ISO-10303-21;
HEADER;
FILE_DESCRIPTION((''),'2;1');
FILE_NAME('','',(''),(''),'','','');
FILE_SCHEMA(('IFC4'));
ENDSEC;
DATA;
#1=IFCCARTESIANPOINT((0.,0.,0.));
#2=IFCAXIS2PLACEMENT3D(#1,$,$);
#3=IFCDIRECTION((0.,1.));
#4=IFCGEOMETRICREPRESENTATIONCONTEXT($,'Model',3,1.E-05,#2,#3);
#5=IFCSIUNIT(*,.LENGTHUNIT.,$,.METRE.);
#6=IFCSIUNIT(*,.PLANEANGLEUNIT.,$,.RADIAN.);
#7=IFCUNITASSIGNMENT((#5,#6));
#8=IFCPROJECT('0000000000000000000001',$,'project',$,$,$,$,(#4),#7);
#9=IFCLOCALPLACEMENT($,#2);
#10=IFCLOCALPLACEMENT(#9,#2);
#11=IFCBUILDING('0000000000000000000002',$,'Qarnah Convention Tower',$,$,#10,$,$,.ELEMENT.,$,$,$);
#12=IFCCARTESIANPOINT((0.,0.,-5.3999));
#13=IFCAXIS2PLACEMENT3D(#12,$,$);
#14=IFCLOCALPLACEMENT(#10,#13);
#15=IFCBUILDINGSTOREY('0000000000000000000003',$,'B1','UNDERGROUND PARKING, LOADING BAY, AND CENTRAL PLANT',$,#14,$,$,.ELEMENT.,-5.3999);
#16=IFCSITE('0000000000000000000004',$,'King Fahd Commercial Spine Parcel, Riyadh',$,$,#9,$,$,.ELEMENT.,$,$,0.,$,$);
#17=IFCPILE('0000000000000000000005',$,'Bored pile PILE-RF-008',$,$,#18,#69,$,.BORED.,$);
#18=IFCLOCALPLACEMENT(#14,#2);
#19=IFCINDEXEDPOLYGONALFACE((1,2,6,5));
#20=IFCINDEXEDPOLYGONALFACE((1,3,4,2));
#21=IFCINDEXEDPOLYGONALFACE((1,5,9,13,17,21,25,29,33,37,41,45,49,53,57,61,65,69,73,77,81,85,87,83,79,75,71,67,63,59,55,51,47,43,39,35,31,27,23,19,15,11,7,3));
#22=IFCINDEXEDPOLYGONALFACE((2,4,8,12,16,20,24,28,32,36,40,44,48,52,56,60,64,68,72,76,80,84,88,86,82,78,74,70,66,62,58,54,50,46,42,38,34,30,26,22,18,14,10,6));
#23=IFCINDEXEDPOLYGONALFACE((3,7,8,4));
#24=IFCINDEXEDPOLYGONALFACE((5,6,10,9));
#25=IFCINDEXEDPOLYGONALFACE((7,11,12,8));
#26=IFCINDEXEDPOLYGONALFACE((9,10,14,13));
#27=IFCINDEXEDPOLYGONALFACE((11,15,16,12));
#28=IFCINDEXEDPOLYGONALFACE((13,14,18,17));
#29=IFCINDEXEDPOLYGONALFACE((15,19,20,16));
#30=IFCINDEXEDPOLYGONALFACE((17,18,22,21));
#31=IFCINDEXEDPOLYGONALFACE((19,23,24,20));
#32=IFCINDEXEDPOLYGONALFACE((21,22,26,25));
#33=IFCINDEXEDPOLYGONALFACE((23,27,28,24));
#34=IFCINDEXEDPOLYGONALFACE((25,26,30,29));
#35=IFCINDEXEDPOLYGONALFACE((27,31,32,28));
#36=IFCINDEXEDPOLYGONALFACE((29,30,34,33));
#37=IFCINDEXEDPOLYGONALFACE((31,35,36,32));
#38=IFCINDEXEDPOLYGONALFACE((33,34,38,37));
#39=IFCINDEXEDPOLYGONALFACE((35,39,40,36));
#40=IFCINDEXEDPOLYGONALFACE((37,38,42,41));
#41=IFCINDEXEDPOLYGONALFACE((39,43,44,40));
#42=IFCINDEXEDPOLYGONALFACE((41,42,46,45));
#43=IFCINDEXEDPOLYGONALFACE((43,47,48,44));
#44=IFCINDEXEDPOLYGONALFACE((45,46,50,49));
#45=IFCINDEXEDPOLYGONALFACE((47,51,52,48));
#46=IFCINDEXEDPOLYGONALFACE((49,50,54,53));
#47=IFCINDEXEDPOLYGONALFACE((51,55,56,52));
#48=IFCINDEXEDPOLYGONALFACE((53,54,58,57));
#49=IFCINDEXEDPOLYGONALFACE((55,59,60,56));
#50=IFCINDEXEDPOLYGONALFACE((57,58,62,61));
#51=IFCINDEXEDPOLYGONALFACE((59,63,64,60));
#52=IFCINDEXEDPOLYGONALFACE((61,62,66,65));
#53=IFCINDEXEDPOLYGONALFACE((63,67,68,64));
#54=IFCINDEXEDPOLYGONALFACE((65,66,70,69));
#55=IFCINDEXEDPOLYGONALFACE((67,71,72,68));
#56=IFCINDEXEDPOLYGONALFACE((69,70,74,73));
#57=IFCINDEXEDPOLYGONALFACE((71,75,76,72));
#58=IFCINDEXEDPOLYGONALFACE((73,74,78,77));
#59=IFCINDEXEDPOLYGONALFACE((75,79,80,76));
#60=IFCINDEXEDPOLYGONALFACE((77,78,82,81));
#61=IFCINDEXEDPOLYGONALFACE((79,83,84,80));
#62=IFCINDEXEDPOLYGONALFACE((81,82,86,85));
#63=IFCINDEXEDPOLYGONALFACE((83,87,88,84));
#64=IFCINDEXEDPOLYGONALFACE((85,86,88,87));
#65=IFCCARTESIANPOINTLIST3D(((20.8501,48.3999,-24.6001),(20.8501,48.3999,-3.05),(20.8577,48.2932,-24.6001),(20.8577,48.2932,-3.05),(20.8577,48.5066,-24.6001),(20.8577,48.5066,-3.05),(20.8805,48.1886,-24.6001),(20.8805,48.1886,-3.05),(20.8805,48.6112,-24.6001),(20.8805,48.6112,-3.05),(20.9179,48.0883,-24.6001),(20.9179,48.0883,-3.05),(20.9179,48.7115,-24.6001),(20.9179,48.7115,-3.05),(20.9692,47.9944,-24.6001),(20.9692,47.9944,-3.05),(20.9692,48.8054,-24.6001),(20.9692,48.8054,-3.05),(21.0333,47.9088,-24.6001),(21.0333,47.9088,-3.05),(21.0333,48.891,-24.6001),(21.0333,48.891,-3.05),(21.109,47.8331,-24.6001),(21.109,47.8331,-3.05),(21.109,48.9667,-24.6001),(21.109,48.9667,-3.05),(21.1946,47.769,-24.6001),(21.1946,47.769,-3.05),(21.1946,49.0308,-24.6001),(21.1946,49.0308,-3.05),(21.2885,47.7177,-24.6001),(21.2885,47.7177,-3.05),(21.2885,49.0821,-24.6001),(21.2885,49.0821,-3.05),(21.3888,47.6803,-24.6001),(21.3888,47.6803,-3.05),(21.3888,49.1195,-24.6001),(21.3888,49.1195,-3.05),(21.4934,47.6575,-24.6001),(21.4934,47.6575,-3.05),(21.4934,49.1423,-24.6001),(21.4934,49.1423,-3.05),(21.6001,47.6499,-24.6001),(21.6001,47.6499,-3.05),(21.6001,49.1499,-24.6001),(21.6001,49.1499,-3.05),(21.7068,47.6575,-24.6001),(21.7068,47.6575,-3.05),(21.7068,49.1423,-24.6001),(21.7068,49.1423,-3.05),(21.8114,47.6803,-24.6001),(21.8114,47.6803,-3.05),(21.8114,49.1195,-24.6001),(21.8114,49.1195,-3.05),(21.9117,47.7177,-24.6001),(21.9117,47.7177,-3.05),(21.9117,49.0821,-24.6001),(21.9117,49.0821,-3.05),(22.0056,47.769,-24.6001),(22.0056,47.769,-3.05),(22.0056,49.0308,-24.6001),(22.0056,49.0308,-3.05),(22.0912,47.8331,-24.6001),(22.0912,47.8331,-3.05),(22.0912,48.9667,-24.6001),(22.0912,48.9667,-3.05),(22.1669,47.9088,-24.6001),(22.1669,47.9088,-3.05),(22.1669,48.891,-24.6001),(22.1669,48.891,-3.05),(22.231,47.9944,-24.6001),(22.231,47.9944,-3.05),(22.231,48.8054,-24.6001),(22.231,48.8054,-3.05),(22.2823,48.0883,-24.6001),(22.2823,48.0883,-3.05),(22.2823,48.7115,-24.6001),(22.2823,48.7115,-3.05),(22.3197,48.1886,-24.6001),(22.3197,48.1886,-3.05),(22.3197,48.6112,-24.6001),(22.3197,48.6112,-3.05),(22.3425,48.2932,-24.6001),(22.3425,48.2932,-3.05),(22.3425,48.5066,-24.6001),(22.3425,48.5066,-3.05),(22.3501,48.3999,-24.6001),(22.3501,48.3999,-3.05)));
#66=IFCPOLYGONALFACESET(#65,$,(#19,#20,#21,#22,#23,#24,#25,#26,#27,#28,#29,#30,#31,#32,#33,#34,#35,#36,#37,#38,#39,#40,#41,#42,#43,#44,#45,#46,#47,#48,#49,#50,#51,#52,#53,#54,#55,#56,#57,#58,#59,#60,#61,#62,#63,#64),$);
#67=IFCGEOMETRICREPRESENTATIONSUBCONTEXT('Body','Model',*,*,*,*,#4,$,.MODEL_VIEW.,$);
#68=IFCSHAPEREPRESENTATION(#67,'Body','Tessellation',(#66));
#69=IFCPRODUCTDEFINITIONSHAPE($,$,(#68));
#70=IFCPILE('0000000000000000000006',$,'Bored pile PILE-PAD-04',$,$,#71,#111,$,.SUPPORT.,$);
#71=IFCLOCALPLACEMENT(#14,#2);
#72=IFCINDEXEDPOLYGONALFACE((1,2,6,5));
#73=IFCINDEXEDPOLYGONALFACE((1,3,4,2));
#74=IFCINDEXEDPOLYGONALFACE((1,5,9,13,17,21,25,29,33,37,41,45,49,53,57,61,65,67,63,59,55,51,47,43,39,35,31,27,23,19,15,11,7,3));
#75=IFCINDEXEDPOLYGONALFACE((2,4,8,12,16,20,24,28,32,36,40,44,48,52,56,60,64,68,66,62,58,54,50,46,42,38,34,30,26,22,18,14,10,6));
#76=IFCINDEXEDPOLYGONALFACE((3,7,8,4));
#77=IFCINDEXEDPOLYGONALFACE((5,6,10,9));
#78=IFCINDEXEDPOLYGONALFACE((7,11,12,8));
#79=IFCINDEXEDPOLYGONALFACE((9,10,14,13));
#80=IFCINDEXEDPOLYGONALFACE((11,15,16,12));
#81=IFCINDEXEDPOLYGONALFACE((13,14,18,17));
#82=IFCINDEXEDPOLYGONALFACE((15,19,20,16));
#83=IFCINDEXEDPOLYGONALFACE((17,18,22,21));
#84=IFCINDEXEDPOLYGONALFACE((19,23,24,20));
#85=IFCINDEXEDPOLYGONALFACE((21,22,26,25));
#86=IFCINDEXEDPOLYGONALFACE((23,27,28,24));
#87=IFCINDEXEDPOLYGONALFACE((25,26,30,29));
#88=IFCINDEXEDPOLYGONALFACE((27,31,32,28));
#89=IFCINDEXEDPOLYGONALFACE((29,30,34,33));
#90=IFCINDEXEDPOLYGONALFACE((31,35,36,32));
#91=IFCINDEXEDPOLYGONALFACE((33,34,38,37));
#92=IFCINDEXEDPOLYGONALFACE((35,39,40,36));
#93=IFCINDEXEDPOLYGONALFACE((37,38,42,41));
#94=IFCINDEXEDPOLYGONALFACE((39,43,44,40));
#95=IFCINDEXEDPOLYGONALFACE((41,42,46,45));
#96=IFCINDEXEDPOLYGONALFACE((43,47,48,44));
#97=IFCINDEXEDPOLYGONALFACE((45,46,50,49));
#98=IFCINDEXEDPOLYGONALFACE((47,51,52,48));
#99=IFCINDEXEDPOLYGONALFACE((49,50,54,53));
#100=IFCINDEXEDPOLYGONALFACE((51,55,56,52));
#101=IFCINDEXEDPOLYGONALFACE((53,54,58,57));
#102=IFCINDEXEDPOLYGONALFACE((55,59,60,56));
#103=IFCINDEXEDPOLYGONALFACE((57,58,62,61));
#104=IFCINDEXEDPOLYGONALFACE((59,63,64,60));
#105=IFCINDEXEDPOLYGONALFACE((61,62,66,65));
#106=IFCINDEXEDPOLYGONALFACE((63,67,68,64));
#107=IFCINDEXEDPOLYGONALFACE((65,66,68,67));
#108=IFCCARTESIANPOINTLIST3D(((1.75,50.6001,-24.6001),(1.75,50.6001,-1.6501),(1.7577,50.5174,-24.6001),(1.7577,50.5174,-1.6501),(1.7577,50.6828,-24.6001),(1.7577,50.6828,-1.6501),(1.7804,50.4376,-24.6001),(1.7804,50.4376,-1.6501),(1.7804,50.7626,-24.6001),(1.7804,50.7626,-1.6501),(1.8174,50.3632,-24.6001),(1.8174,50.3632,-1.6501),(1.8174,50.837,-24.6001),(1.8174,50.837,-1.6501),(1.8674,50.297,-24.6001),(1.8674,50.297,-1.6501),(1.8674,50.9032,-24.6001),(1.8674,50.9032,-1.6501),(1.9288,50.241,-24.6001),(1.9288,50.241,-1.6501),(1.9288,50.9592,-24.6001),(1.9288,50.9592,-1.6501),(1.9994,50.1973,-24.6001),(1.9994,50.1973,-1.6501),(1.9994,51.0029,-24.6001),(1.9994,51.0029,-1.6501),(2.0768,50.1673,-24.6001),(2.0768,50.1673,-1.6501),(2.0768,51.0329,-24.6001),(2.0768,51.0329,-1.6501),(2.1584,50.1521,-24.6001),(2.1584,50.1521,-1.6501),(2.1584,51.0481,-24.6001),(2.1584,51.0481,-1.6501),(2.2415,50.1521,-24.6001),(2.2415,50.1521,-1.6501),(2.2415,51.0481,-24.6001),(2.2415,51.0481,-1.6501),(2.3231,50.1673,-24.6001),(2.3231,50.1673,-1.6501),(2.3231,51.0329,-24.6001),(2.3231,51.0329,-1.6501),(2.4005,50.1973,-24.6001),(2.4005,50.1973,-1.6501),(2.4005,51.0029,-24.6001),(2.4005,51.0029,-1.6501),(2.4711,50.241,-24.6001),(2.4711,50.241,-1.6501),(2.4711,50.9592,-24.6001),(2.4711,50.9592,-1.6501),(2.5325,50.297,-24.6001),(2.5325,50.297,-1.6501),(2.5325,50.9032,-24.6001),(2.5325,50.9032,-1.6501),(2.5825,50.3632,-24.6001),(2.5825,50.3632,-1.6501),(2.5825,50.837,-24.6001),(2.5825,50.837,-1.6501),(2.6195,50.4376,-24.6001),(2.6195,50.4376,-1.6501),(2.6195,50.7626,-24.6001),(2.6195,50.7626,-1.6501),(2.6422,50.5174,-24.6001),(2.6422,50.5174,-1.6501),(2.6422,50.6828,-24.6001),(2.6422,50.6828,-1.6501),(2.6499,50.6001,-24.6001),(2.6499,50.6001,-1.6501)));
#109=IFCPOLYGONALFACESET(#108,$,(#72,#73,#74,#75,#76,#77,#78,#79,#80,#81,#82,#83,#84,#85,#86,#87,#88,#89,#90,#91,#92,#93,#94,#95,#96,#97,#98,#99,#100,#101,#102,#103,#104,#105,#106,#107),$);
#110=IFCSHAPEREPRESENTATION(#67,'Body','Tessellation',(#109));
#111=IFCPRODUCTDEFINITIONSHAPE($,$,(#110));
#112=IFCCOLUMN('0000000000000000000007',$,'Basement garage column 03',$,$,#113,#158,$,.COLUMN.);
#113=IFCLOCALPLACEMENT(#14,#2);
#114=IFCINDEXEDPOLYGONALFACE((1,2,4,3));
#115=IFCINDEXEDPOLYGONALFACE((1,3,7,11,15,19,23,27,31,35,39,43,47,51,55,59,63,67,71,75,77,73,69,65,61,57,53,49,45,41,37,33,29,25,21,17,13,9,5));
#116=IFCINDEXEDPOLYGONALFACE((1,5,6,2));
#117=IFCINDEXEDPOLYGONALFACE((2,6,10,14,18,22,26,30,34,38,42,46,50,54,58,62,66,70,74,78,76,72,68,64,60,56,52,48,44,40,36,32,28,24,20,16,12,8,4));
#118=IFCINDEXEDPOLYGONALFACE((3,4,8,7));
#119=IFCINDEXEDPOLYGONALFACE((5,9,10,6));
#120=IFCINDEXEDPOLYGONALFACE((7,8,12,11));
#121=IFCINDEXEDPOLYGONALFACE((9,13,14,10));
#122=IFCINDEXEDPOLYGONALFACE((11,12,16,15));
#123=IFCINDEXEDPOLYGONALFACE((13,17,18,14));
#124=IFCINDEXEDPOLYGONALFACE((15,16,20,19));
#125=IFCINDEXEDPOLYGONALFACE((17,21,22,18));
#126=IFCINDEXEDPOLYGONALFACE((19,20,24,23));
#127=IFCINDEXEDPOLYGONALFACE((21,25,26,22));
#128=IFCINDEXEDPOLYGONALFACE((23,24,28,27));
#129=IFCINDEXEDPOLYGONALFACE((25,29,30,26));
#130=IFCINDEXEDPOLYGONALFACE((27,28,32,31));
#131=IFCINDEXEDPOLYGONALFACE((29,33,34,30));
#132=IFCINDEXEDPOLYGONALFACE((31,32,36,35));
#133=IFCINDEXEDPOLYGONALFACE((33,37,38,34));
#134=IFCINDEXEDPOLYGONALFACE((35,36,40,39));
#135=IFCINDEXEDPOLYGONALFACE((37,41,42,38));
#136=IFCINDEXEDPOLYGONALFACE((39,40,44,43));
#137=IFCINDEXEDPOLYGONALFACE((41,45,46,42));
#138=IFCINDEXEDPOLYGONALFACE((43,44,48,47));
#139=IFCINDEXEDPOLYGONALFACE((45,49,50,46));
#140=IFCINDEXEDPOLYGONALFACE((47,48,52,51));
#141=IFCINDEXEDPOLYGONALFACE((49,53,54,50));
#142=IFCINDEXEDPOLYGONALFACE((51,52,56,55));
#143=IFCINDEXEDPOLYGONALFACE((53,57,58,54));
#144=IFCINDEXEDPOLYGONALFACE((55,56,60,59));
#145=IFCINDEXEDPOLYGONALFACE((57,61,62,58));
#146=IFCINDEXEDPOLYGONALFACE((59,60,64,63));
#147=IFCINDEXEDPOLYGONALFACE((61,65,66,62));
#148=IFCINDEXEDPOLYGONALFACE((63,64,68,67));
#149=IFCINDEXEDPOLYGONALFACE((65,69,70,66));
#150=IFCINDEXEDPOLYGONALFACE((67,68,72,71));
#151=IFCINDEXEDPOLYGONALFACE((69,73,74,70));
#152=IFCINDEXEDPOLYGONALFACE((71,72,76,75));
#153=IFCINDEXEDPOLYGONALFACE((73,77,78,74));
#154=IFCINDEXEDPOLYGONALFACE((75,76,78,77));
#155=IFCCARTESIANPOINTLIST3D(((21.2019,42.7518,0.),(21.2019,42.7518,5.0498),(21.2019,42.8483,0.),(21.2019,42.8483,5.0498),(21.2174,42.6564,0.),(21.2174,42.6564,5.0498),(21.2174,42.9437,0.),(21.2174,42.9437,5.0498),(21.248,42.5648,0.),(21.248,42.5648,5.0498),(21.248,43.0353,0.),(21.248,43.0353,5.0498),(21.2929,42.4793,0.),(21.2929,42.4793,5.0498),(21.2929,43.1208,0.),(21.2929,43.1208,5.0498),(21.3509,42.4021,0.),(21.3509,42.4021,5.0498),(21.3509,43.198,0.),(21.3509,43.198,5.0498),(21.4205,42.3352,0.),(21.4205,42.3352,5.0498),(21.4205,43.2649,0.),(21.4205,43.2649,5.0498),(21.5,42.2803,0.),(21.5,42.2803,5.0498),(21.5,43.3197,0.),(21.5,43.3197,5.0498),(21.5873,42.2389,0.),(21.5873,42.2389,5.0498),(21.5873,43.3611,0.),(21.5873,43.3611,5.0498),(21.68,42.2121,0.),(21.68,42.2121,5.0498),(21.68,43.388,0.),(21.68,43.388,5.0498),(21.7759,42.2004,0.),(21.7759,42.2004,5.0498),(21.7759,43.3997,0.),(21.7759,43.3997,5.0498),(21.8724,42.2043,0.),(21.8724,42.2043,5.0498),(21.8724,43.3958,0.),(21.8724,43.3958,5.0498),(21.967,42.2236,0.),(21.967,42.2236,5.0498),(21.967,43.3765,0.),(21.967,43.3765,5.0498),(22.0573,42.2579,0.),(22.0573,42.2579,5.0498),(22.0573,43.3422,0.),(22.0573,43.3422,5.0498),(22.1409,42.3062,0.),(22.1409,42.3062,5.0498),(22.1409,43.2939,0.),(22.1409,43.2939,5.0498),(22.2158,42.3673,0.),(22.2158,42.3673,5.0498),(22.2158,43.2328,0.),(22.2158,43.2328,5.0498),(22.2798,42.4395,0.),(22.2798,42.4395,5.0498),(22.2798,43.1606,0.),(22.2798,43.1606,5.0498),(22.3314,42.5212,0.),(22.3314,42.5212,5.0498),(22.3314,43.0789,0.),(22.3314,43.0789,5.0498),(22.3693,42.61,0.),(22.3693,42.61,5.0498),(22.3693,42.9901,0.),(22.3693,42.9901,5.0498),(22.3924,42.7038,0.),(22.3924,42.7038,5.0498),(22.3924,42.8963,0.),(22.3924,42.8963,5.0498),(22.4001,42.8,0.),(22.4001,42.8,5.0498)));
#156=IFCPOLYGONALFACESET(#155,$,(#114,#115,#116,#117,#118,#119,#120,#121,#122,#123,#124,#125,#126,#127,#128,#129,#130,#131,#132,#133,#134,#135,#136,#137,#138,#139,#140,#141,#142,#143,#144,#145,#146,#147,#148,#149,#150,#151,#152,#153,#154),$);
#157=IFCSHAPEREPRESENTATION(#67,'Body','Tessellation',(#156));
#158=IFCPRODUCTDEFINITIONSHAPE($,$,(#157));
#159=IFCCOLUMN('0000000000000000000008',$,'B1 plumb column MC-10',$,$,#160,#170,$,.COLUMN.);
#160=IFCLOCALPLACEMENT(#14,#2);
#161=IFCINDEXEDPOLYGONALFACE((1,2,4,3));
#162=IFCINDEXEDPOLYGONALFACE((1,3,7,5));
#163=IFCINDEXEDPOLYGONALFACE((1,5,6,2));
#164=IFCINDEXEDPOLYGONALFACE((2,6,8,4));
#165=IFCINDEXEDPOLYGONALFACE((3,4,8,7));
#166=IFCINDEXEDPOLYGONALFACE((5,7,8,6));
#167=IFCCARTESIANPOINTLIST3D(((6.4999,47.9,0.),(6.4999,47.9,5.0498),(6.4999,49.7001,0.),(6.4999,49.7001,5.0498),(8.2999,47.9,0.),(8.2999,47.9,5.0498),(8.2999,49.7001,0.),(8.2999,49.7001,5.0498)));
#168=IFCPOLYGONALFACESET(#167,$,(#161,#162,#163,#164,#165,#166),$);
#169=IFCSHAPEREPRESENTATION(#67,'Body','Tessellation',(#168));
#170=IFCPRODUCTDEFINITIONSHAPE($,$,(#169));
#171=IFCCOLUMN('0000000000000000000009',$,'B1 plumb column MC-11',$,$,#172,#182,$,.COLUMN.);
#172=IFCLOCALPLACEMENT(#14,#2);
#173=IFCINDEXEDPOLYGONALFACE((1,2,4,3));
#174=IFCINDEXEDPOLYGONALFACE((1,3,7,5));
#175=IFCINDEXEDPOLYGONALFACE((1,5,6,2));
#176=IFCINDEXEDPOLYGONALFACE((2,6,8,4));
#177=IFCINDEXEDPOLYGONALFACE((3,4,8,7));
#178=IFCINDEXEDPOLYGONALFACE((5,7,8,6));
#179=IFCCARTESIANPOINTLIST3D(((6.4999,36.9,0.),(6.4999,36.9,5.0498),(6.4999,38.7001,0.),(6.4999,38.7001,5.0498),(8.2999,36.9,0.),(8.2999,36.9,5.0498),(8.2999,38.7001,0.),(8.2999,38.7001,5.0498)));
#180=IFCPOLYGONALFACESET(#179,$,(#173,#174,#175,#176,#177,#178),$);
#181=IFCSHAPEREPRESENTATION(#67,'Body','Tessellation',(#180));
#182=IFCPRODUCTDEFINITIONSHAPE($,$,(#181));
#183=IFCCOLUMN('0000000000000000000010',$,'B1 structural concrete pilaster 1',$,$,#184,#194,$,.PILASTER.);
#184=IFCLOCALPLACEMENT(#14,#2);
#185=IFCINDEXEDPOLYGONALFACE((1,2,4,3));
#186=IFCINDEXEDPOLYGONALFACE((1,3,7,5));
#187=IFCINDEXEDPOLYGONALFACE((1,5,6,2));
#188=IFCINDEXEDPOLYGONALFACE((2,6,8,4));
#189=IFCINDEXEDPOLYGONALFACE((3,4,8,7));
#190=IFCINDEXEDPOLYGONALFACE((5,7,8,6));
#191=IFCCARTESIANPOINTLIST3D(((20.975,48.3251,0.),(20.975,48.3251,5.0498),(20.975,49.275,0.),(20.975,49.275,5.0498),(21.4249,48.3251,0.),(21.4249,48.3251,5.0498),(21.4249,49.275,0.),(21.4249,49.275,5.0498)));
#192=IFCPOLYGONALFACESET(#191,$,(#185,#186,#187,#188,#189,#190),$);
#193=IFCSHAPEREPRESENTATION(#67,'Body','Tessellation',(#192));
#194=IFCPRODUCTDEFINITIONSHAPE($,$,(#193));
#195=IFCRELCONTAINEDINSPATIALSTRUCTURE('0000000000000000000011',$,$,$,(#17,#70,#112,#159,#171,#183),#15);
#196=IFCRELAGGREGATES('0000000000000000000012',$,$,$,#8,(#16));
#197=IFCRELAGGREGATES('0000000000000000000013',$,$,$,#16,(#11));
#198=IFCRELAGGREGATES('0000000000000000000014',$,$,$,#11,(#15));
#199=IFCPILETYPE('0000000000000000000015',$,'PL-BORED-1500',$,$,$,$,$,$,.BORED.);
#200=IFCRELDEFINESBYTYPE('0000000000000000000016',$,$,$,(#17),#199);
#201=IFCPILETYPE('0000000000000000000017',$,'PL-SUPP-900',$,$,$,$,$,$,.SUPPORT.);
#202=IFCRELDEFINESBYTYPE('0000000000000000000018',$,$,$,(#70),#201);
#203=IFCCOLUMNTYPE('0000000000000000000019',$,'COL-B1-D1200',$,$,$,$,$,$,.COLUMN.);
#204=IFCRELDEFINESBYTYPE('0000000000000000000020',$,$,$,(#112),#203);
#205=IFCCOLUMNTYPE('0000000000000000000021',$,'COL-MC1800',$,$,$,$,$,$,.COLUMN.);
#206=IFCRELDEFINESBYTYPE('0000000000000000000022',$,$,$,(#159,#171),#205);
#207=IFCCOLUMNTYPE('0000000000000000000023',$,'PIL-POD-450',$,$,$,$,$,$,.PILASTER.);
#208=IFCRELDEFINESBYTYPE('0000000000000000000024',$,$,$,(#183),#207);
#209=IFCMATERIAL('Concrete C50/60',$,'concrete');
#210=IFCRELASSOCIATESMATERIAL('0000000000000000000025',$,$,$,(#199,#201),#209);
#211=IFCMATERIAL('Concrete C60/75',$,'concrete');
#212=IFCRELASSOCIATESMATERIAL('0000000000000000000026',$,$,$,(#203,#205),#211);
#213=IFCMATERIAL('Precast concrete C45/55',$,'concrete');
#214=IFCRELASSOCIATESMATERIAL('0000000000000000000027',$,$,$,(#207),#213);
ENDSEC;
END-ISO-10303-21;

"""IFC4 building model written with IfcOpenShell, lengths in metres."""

from ifc_helpers import new_model, si_unit, direction, frame, origin, origin_2d, place, context, subcontext, project, spatial, rectangle, circle, extrude, material, material_profile, profile_set, type_object, element, save


model = new_model("IFC4")

# Units and contexts
model_context = context("Model", 3, precision=1e-05, world=origin(), true_north=direction((0.0, 1.0)))
body_context = subcontext(model_context, "Body", "Model", "MODEL_VIEW")
ifc_project = project(units=[si_unit("LENGTHUNIT", "METRE"), si_unit("PLANEANGLEUNIT", "RADIAN")], contexts=[model_context])

# Site, building, storey
site_placement = place(None, origin())
site = spatial("IfcSite", under=ifc_project, at=site_placement, Name="King Fahd Commercial Spine Parcel, Riyadh", CompositionType="ELEMENT", RefElevation=0.0)
building_placement = place(site_placement, origin())
building = spatial("IfcBuilding", under=site, at=building_placement, Name="Qarnah Convention Tower", CompositionType="ELEMENT")
storey_placement = place(building_placement, frame((0.0, 0.0, -5.3999)))
storey = spatial("IfcBuildingStorey", under=building, at=storey_placement, Name="B1", Description="UNDERGROUND PARKING, LOADING BAY, AND CENTRAL PLANT", CompositionType="ELEMENT", Elevation=-5.3999)

# Shared definitions
ifc_material_1 = material(Name="Concrete C50/60", Category="concrete")

# Piles
ifc_material_profile_1 = material_profile(ifc_material_1, circle(Radius=0.75, at=origin_2d()), Name="PILE-D1500")
ifc_profile_set_1 = profile_set([ifc_material_profile_1], Name="Concrete C50/60")
pile_type_1 = type_object("IfcPileType", Name="PL-BORED-1500", PredefinedType="BORED", material=ifc_profile_set_1)
for number, where, z_axis, x_axis, name in (
    (1, (21.6001, 48.3999, -3.05), (0.0, 0.0, -1.0), (1.0, 0.0, 0.0), "Bored pile PILE-RF-008"),
):
    element("IfcPile", number, at=place(storey_placement, frame(where, z_axis=z_axis, x_axis=x_axis)), inside=storey, type_object=pile_type_1, Name=name, PredefinedType="BORED", context=body_context, shape_type="SweptSolid", body=[
        extrude(circle(Radius=0.75, at=origin_2d()), origin(), (0.0, 0.0, 1.0), 21.55),
    ])
ifc_material_profile_2 = material_profile(ifc_material_1, circle(Radius=0.45, at=origin_2d()), Name="PILE-D900")
ifc_profile_set_2 = profile_set([ifc_material_profile_2], Name="Concrete C50/60")
pile_type_2 = type_object("IfcPileType", Name="PL-SUPP-900", PredefinedType="SUPPORT", material=ifc_profile_set_2)
pile_placement = place(storey_placement, frame((2.2, 50.6001, -1.6501), z_axis=(0.0, 0.0, -1.0), x_axis=(1.0, 0.0, 0.0)))
element("IfcPile", 2, at=pile_placement, inside=storey, type_object=pile_type_2, Name="Bored pile PILE-PAD-04", PredefinedType="SUPPORT", context=body_context, shape_type="SweptSolid", body=[
    extrude(circle(Radius=0.45, at=origin_2d()), origin(), (0.0, 0.0, 1.0), 22.95),
])

# Columns
ifc_material_2 = material(Name="Concrete C60/75", Category="concrete")
ifc_material_profile_3 = material_profile(ifc_material_2, circle(Radius=0.6001, at=origin_2d()), Name="RC-COL-D1200")
ifc_profile_set_3 = profile_set([ifc_material_profile_3], Name="Concrete C60/75")
column_type_1 = type_object("IfcColumnType", Name="COL-B1-D1200", PredefinedType="COLUMN", material=ifc_profile_set_3)
column_1_placement = place(storey_placement, frame((21.8, 42.8, 0.0), z_axis=(0.0, 0.0, 1.0), x_axis=(1.0, 0.0, 0.0)))
element("IfcColumn", 3, at=column_1_placement, inside=storey, type_object=column_type_1, Name="Basement garage column 03", PredefinedType="COLUMN", context=body_context, shape_type="SweptSolid", body=[
    extrude(circle(Radius=0.6001, at=origin_2d()), origin(), (0.0, 0.0, 1.0), 5.0498),
])
ifc_material_profile_4 = material_profile(ifc_material_2, rectangle(XDim=1.8, YDim=1.8, at=origin_2d()), Name="RC-COL-1800X1800")
ifc_profile_set_4 = profile_set([ifc_material_profile_4], Name="Concrete C60/75")
column_type_2 = type_object("IfcColumnType", Name="COL-MC1800", PredefinedType="COLUMN", material=ifc_profile_set_4)
for number, where, z_axis, x_axis, name in (
    (4, (7.3999, 48.8, 0.0), (0.0, 0.0, 1.0), (1.0, 0.0, 0.0), "B1 plumb column MC-10"),
    (5, (7.3999, 37.8, 0.0), (0.0, 0.0, 1.0), (1.0, 0.0, 0.0), "B1 plumb column MC-11"),
):
    element("IfcColumn", number, at=place(storey_placement, frame(where, z_axis=z_axis, x_axis=x_axis)), inside=storey, type_object=column_type_2, Name=name, PredefinedType="COLUMN", context=body_context, shape_type="SweptSolid", body=[
        extrude(rectangle(XDim=1.8, YDim=1.8, at=origin_2d()), origin(), (0.0, 0.0, 1.0), 5.0498),
    ])
ifc_material_3 = material(Name="Precast concrete C45/55", Category="concrete")
ifc_material_profile_5 = material_profile(ifc_material_3, rectangle(XDim=0.45, YDim=0.95, at=origin_2d()), Name="PC-RIB-450X950")
ifc_profile_set_5 = profile_set([ifc_material_profile_5], Name="Precast concrete C45/55")
column_type_3 = type_object("IfcColumnType", Name="PIL-POD-450", PredefinedType="PILASTER", material=ifc_profile_set_5)
column_2_placement = place(storey_placement, frame((21.2, 48.8, 0.0), z_axis=(0.0, 0.0, 1.0), x_axis=(1.0, 0.0, 0.0)))
element("IfcColumn", 6, at=column_2_placement, inside=storey, type_object=column_type_3, Name="B1 structural concrete pilaster 1", PredefinedType="PILASTER", context=body_context, shape_type="SweptSolid", body=[
    extrude(rectangle(XDim=0.45, YDim=0.95, at=origin_2d()), origin(), (0.0, 0.0, 1.0), 5.0498),
])

save(model, "model.ifc")
